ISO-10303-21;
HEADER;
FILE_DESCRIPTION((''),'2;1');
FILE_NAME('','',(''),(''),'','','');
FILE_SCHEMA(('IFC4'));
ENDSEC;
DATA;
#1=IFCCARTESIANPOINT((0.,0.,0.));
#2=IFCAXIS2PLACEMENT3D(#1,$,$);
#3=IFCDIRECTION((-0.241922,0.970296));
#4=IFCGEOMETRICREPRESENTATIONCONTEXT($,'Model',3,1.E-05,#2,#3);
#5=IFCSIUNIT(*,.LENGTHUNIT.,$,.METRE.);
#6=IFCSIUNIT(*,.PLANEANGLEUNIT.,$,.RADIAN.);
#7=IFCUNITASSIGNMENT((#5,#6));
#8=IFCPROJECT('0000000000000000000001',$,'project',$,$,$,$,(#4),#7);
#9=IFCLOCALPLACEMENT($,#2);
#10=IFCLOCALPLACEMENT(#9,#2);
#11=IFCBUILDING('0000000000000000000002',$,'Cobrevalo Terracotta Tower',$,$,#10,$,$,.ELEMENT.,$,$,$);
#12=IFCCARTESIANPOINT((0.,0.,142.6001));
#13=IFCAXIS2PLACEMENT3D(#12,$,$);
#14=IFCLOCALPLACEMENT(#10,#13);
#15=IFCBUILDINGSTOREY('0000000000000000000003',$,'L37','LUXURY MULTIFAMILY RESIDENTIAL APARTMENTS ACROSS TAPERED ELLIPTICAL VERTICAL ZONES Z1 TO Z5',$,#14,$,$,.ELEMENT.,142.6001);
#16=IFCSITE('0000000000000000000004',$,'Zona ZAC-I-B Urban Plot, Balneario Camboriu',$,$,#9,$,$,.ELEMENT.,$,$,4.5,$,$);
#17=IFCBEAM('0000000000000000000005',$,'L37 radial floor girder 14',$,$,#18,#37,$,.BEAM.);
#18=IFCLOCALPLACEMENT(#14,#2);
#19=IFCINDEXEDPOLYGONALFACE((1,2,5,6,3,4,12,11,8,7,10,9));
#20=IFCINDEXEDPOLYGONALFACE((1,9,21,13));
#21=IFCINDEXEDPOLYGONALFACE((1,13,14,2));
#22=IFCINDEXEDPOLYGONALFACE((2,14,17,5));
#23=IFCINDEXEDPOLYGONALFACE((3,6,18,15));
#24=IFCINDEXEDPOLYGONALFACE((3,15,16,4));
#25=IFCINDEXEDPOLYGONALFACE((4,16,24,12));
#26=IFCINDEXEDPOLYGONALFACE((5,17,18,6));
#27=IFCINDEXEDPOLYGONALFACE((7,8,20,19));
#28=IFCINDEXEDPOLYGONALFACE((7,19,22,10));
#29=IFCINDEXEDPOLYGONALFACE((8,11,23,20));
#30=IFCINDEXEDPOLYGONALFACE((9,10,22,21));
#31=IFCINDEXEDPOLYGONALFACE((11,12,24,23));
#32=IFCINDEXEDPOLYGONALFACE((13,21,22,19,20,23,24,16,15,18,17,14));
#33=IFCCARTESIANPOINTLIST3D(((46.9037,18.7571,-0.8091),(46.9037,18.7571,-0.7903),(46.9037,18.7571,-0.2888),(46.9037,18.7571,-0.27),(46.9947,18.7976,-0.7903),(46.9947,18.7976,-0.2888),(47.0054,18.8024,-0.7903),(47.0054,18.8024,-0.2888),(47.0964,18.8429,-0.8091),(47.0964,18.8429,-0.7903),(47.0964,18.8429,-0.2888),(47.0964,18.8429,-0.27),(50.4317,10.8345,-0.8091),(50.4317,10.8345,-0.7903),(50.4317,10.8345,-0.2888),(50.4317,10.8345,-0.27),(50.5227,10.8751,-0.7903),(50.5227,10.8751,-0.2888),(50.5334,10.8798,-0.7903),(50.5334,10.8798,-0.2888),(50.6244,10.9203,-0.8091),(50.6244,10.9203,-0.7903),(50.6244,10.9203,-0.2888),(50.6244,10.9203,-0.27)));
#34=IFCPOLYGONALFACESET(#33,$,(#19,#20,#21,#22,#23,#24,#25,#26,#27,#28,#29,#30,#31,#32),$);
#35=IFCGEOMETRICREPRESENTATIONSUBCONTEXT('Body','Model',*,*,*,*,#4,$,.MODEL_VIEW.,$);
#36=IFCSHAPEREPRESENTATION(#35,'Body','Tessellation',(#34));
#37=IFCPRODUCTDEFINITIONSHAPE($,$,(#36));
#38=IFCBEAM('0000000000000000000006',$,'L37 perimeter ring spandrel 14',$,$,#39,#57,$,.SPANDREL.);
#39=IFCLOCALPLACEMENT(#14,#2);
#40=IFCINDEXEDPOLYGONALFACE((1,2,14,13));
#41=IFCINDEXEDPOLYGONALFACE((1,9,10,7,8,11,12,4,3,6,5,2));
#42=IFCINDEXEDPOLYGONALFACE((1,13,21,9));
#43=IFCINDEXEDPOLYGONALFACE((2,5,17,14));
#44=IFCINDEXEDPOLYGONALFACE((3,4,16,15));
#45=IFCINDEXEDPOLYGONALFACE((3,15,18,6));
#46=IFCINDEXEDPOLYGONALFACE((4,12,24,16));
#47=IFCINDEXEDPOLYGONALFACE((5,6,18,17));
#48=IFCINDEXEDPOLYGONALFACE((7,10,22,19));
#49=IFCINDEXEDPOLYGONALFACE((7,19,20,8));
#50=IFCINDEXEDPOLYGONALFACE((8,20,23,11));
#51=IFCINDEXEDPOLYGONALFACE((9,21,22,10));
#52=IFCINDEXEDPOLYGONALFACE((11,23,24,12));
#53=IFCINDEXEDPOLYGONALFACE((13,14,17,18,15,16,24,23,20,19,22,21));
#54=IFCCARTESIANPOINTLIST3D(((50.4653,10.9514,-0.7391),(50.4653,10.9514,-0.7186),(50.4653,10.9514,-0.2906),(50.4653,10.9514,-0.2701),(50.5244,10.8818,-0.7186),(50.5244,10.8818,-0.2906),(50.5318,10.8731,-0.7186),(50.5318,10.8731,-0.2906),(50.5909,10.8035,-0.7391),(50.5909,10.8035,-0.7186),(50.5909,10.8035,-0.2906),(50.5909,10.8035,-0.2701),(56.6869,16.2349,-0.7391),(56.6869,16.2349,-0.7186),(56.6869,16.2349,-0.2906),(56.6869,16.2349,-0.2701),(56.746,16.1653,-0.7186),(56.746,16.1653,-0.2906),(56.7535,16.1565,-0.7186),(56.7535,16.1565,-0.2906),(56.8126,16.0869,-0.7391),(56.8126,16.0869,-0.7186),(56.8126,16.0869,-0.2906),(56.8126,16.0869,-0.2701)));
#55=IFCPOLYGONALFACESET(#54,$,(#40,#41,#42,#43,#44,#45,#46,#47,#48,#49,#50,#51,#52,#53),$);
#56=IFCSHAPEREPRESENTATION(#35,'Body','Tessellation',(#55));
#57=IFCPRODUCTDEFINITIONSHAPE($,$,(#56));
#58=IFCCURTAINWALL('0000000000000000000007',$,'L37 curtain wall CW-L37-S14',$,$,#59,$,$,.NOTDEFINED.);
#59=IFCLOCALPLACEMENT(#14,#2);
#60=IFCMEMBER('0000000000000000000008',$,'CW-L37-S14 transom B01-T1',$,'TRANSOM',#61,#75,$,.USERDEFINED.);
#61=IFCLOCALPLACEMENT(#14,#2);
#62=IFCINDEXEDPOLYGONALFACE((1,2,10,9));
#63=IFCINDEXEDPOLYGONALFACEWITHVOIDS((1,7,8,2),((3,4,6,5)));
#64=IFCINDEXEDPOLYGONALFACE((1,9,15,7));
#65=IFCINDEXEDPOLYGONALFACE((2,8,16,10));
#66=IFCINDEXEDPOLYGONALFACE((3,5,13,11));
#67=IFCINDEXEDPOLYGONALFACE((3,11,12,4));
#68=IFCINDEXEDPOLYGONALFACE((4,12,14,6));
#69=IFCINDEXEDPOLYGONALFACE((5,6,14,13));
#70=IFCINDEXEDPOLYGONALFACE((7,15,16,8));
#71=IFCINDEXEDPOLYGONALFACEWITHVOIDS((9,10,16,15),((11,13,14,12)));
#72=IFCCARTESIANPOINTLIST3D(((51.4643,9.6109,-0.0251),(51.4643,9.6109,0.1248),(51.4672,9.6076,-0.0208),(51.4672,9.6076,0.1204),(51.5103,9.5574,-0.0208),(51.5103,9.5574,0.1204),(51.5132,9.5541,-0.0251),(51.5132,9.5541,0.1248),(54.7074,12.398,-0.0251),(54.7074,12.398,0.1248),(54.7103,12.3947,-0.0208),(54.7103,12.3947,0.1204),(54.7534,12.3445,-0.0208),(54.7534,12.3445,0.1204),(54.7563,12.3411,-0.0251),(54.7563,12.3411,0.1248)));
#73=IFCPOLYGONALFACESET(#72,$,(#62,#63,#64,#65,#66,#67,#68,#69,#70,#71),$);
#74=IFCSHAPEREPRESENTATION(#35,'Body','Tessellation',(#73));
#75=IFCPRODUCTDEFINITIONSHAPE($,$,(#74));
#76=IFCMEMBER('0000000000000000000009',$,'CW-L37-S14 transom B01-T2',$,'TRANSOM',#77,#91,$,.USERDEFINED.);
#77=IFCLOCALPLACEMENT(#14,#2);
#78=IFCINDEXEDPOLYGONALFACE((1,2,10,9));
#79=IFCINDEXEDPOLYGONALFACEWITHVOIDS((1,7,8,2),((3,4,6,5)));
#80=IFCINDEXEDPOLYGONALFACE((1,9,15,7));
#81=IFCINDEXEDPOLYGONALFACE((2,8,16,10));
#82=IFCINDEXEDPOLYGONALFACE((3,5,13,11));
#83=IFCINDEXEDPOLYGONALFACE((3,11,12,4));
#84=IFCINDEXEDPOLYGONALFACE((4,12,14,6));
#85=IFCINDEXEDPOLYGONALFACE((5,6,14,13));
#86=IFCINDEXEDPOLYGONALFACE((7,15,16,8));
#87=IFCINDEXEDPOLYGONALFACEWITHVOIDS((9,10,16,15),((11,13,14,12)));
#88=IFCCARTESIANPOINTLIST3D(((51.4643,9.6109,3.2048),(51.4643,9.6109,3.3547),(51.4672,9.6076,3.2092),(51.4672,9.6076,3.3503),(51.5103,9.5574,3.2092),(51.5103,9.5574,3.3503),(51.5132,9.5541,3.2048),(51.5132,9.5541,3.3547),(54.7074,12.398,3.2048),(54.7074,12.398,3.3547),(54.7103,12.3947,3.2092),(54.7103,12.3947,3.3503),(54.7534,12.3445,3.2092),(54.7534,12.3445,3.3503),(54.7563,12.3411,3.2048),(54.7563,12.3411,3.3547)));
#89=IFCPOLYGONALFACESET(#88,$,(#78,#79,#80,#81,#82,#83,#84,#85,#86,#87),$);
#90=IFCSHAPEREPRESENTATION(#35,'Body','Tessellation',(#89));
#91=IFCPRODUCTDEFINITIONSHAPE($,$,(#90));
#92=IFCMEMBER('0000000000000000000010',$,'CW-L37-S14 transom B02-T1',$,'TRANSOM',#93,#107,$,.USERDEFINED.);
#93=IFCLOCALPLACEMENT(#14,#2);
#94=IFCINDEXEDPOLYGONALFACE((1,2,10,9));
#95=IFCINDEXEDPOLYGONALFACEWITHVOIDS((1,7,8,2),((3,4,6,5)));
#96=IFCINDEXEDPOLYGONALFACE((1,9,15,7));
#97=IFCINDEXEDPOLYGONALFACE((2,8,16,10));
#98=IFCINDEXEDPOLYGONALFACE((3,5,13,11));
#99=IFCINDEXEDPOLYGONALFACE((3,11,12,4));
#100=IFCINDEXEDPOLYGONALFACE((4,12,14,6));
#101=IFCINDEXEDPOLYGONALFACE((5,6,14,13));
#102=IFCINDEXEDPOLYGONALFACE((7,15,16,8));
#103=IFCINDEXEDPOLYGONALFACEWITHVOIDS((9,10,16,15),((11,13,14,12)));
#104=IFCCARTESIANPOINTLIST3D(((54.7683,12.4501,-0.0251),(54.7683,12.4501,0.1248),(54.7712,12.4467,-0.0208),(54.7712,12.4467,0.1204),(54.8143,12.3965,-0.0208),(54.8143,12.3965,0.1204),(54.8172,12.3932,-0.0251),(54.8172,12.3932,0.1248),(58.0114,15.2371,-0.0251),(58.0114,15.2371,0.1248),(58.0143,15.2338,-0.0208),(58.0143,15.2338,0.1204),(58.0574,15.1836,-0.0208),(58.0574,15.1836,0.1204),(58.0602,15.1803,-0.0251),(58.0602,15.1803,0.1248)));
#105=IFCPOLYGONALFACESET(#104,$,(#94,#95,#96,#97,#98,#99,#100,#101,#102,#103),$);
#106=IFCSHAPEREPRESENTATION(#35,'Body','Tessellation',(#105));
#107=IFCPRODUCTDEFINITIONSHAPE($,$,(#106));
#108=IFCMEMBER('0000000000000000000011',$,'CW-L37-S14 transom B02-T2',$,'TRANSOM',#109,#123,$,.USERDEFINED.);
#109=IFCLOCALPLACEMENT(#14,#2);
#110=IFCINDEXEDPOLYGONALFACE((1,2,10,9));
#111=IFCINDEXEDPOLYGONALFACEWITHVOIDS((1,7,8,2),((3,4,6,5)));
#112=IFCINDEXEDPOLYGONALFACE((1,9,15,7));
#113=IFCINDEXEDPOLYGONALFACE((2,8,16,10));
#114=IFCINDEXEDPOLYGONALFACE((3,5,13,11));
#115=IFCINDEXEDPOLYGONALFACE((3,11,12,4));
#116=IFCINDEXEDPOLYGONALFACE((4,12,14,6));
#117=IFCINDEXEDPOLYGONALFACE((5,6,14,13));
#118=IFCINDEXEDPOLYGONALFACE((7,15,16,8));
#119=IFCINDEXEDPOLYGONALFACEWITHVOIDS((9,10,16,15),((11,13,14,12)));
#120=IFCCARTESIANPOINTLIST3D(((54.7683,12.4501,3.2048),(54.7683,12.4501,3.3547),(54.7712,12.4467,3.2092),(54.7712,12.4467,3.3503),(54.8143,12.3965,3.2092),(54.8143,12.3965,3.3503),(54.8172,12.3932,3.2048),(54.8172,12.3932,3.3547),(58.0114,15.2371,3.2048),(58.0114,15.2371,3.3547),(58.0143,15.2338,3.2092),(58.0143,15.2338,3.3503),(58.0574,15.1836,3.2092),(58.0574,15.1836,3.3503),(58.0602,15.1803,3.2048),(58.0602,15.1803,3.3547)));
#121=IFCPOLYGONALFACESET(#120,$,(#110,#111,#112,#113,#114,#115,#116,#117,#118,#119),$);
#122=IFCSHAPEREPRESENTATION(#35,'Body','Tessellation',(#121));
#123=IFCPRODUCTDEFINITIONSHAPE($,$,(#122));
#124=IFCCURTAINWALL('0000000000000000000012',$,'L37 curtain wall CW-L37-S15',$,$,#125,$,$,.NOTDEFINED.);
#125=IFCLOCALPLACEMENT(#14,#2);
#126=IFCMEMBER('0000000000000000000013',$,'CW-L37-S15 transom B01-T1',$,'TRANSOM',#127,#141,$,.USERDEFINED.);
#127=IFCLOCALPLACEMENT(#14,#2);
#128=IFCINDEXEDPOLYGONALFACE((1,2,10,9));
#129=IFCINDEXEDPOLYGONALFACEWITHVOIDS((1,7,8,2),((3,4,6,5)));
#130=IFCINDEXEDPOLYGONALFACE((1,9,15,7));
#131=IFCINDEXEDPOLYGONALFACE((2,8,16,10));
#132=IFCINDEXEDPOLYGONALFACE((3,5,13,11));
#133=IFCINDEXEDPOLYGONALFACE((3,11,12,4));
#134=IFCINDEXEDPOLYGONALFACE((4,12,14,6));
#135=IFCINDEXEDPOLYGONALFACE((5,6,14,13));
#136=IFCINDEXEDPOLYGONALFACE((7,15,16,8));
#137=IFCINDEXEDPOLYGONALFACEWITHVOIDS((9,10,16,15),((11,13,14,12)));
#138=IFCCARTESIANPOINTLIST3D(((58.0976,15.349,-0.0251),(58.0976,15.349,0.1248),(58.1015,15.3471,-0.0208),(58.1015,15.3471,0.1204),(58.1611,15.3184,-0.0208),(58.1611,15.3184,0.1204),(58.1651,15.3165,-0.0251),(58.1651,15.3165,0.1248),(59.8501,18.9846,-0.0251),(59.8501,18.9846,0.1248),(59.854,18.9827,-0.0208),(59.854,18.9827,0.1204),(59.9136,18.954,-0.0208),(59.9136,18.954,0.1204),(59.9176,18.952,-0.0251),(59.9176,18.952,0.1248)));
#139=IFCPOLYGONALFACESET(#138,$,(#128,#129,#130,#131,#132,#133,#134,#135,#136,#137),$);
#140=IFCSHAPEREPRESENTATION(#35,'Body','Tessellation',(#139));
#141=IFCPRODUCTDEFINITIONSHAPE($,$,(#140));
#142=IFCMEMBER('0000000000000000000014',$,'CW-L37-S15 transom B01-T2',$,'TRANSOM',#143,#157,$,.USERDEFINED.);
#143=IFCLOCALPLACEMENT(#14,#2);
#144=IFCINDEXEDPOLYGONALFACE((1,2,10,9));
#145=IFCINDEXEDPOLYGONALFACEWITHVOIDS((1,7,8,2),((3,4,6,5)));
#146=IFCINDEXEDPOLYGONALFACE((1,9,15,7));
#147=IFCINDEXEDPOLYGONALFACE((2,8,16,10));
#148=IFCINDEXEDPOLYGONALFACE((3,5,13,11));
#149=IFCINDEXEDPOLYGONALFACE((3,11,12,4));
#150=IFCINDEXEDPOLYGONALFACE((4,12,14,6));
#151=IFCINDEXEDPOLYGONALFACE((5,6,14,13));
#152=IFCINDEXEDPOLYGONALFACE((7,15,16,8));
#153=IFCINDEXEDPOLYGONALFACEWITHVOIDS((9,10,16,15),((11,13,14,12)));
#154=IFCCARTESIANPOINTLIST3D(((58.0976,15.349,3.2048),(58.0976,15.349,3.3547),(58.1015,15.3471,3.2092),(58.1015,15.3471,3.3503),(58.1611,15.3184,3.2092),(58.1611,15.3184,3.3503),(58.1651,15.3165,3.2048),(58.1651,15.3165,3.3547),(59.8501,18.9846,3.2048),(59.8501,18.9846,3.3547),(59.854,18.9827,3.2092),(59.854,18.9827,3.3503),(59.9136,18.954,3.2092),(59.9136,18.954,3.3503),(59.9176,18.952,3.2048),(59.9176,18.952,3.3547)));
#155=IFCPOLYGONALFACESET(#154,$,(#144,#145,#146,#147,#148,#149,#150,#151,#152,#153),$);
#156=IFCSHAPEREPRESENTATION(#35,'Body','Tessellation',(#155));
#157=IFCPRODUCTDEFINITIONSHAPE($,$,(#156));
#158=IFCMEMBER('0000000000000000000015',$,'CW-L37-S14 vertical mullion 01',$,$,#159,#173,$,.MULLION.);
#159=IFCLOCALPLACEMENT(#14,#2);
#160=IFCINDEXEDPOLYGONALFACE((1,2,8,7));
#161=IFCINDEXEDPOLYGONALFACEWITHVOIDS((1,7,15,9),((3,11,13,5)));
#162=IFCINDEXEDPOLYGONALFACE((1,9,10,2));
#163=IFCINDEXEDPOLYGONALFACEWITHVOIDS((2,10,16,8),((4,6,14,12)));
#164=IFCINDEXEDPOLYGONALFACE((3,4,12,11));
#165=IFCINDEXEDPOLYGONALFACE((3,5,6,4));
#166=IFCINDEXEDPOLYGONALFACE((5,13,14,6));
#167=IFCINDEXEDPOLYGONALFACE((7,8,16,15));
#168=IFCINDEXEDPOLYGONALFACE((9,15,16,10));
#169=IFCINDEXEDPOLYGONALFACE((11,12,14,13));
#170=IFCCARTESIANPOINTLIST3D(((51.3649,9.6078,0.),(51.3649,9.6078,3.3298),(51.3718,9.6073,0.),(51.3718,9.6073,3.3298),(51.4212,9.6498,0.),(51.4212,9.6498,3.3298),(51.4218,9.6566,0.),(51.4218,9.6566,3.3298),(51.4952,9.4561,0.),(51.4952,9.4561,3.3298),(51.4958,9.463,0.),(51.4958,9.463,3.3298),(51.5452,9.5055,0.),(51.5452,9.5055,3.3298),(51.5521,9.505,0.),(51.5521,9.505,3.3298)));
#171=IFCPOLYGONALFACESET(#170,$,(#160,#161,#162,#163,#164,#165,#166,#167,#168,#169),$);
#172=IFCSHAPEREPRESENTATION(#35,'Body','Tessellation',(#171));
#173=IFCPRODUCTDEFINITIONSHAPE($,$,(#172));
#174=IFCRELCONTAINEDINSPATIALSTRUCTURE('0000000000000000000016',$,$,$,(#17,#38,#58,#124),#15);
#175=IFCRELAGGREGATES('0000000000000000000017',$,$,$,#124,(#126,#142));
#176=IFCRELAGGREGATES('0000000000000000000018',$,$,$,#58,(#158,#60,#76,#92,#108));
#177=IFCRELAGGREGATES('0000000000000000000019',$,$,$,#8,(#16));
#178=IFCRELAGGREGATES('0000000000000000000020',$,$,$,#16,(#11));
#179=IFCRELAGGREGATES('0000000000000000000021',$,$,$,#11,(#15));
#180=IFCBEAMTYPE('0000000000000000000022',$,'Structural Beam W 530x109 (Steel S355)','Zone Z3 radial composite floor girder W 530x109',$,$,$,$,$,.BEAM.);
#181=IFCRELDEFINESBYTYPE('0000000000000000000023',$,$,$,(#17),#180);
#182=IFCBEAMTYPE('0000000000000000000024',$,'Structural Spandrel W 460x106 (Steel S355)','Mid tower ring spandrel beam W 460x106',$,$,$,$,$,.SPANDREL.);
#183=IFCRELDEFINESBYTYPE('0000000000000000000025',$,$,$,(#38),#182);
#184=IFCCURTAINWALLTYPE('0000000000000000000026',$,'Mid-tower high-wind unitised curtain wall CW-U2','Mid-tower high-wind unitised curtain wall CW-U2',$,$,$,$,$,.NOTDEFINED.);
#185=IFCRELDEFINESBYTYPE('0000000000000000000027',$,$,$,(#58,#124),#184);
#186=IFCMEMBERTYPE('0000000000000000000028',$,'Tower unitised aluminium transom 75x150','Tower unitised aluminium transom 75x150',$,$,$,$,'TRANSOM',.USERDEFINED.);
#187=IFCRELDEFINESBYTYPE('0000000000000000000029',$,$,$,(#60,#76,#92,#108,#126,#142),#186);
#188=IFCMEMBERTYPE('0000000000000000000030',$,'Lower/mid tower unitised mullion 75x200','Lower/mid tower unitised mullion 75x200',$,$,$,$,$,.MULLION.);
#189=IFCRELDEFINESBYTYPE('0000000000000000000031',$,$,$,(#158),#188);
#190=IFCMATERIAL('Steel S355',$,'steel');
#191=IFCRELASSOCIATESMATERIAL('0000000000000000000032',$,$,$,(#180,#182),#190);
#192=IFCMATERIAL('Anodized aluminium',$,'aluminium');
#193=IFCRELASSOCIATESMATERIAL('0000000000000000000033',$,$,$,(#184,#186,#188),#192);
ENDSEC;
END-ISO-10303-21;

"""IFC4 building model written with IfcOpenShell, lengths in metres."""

from ifc_helpers import new_model, si_unit, direction, frame, origin, origin_2d, place, context, subcontext, project, spatial, hollow_rectangle, i_section, extrude, source, transform, mapped, material, material_profile, profile_set, type_object, element, aggregate, save


model = new_model("IFC4")

# Units and contexts
model_context = context("Model", 3, precision=1e-05, world=origin(), true_north=direction((-0.241922, 0.970296)))
body_context = subcontext(model_context, "Body", "Model", "MODEL_VIEW")
ifc_project = project(units=[si_unit("LENGTHUNIT", "METRE"), si_unit("PLANEANGLEUNIT", "RADIAN")], contexts=[model_context])

# Site, building, storey
site_placement = place(None, origin())
site = spatial("IfcSite", under=ifc_project, at=site_placement, Name="Zona ZAC-I-B Urban Plot, Balneario Camboriu", CompositionType="ELEMENT", RefElevation=4.5)
building_placement = place(site_placement, origin())
building = spatial("IfcBuilding", under=site, at=building_placement, Name="Cobrevalo Terracotta Tower", CompositionType="ELEMENT")
storey_placement = place(building_placement, frame((0.0, 0.0, 142.6001)))
storey = spatial("IfcBuildingStorey", under=building, at=storey_placement, Name="L37", Description="LUXURY MULTIFAMILY RESIDENTIAL APARTMENTS ACROSS TAPERED ELLIPTICAL VERTICAL ZONES Z1 TO Z5", CompositionType="ELEMENT", Elevation=142.6001)

# Shared definitions
ifc_material_1 = material(Name="Steel S355", Category="steel")

# Beams
ifc_material_profile_1 = material_profile(ifc_material_1, i_section(OverallWidth=0.2109, OverallDepth=0.5391, WebThickness=0.0117, FlangeThickness=0.0188, at=origin_2d()), Name="W 530x109")
ifc_profile_set_1 = profile_set([ifc_material_profile_1], Name="Steel S355")
beam_type_1 = type_object("IfcBeamType", Name="Structural Beam W 530x109 (Steel S355)", Description="Zone Z3 radial composite floor girder W 530x109", PredefinedType="BEAM", material=ifc_profile_set_1)
beam_1_placement = place(storey_placement, frame((50.5281, 10.8774, -0.5396), z_axis=(-0.406804, 0.913515, 0.0), x_axis=(-0.913515, -0.406804, 0.0)))
element("IfcBeam", 1, at=beam_1_placement, inside=storey, type_object=beam_type_1, Name="L37 radial floor girder 14", PredefinedType="BEAM", context=body_context, shape_type="SweptSolid", body=[
    extrude(i_section(OverallWidth=0.2109, OverallDepth=0.5391, WebThickness=0.0117, FlangeThickness=0.0188, at=origin_2d()), origin(), (0.0, 0.0, 1.0), 8.6726),
])
ifc_material_profile_2 = material_profile(ifc_material_1, i_section(OverallWidth=0.1941, OverallDepth=0.469, WebThickness=0.0115, FlangeThickness=0.0205, at=origin_2d()), Name="W 460x106")
ifc_profile_set_2 = profile_set([ifc_material_profile_2], Name="Steel S355")
beam_type_2 = type_object("IfcBeamType", Name="Structural Spandrel W 460x106 (Steel S355)", Description="Mid tower ring spandrel beam W 460x106", PredefinedType="SPANDREL", material=ifc_profile_set_2)
beam_2_placement = place(storey_placement, frame((50.5281, 10.8774, -0.5046), z_axis=(0.76224, 0.647294, 0.0), x_axis=(-0.647294, 0.76224, 0.0)))
element("IfcBeam", 2, at=beam_2_placement, inside=storey, type_object=beam_type_2, Name="L37 perimeter ring spandrel 14", PredefinedType="SPANDREL", context=body_context, shape_type="SweptSolid", body=[
    extrude(i_section(OverallWidth=0.1941, OverallDepth=0.469, WebThickness=0.0115, FlangeThickness=0.0205, at=origin_2d()), origin(), (0.0, 0.0, 1.0), 8.1624),
])

# Curtain walls, members
ifc_material_2 = material(Name="Anodized aluminium", Category="aluminium")
curtain_wall_type = type_object("IfcCurtainWallType", Name="Mid-tower high-wind unitised curtain wall CW-U2", Description="Mid-tower high-wind unitised curtain wall CW-U2", PredefinedType="NOTDEFINED", material=ifc_material_2)
curtain_wall_1_placement = place(storey_placement, origin())
curtain_wall_1 = element("IfcCurtainWall", 3, at=curtain_wall_1_placement, inside=storey, type_object=curtain_wall_type, Name="L37 curtain wall CW-L37-S14", PredefinedType="NOTDEFINED")
ifc_material_profile_3 = material_profile(ifc_material_2, hollow_rectangle(XDim=0.075, YDim=0.1499, WallThickness=0.0044, at=origin_2d()), Name="CWT 75x150")
ifc_profile_set_3 = profile_set([ifc_material_profile_3], Name="Anodized aluminium")
member_type_1 = type_object("IfcMemberType", Name="Tower unitised aluminium transom 75x150", Description="Tower unitised aluminium transom 75x150", ElementType="TRANSOM", PredefinedType="USERDEFINED", material=ifc_profile_set_3)
shared_shape_1 = source(origin(), body_context, "Body", "SweptSolid", [
    extrude(hollow_rectangle(XDim=0.075, YDim=0.1499, WallThickness=0.0044, at=origin_2d()), origin(), (0.0, 0.0, 1.0), 4.2761),
])
member_1_placement = place(storey_placement, frame((51.4888, 9.5825, 0.0498), z_axis=(0.758418, 0.651769, 0.0), x_axis=(-0.651769, 0.758418, 0.0)))
member_1 = element("IfcMember", 4, at=member_1_placement, type_object=member_type_1, Name="CW-L37-S14 transom B01-T1", ObjectType="TRANSOM", PredefinedType="USERDEFINED", context=body_context, shape_type="MappedRepresentation", body=[
    mapped(shared_shape_1, transform((0.0, 0.0, 0.0), scale=1.0)),
])
member_2_placement = place(storey_placement, frame((51.4888, 9.5825, 3.2798), z_axis=(0.758418, 0.651769, 0.0), x_axis=(-0.651769, 0.758418, 0.0)))
member_2 = element("IfcMember", 5, at=member_2_placement, type_object=member_type_1, Name="CW-L37-S14 transom B01-T2", ObjectType="TRANSOM", PredefinedType="USERDEFINED", context=body_context, shape_type="MappedRepresentation", body=[
    mapped(shared_shape_1, transform((0.0, 0.0, 0.0), scale=1.0)),
])
member_3_placement = place(storey_placement, frame((54.7927, 12.4216, 0.0498), z_axis=(0.758418, 0.651769, 0.0), x_axis=(-0.651769, 0.758418, 0.0)))
member_3 = element("IfcMember", 6, at=member_3_placement, type_object=member_type_1, Name="CW-L37-S14 transom B02-T1", ObjectType="TRANSOM", PredefinedType="USERDEFINED", context=body_context, shape_type="MappedRepresentation", body=[
    mapped(shared_shape_1, transform((0.0, 0.0, 0.0), scale=1.0)),
])
member_4_placement = place(storey_placement, frame((54.7927, 12.4216, 3.2798), z_axis=(0.758418, 0.651769, 0.0), x_axis=(-0.651769, 0.758418, 0.0)))
member_4 = element("IfcMember", 7, at=member_4_placement, type_object=member_type_1, Name="CW-L37-S14 transom B02-T2", ObjectType="TRANSOM", PredefinedType="USERDEFINED", context=body_context, shape_type="MappedRepresentation", body=[
    mapped(shared_shape_1, transform((0.0, 0.0, 0.0), scale=1.0)),
])
curtain_wall_2_placement = place(storey_placement, origin())
curtain_wall_2 = element("IfcCurtainWall", 8, at=curtain_wall_2_placement, inside=storey, type_object=curtain_wall_type, Name="L37 curtain wall CW-L37-S15", PredefinedType="NOTDEFINED")
shared_shape_2 = source(origin(), body_context, "Body", "SweptSolid", [
    extrude(hollow_rectangle(XDim=0.075, YDim=0.1499, WallThickness=0.0044, at=origin_2d()), origin(), (0.0, 0.0, 1.0), 4.0359),
])
member_5_placement = place(storey_placement, frame((58.1313, 15.3328, 0.0498), z_axis=(0.434221, 0.900806, 0.0), x_axis=(-0.900806, 0.434221, 0.0)))
member_5 = element("IfcMember", 9, at=member_5_placement, type_object=member_type_1, Name="CW-L37-S15 transom B01-T1", ObjectType="TRANSOM", PredefinedType="USERDEFINED", context=body_context, shape_type="MappedRepresentation", body=[
    mapped(shared_shape_2, transform((0.0, 0.0, 0.0), scale=1.0)),
])
member_6_placement = place(storey_placement, frame((58.1313, 15.3328, 3.2798), z_axis=(0.434221, 0.900806, 0.0), x_axis=(-0.900806, 0.434221, 0.0)))
member_6 = element("IfcMember", 10, at=member_6_placement, type_object=member_type_1, Name="CW-L37-S15 transom B01-T2", ObjectType="TRANSOM", PredefinedType="USERDEFINED", context=body_context, shape_type="MappedRepresentation", body=[
    mapped(shared_shape_2, transform((0.0, 0.0, 0.0), scale=1.0)),
])

# Member
ifc_material_profile_4 = material_profile(ifc_material_2, hollow_rectangle(XDim=0.075, YDim=0.2, WallThickness=0.0049, at=origin_2d()), Name="CWM 75x200")
ifc_profile_set_4 = profile_set([ifc_material_profile_4], Name="Anodized aluminium")
member_type_2 = type_object("IfcMemberType", Name="Lower/mid tower unitised mullion 75x200", Description="Lower/mid tower unitised mullion 75x200", PredefinedType="MULLION", material=ifc_profile_set_4)
shared_shape_3 = source(origin(), body_context, "Body", "SweptSolid", [
    extrude(hollow_rectangle(XDim=0.075, YDim=0.2, WallThickness=0.0049, at=origin_2d()), origin(), (0.0, 0.0, 1.0), 3.3298),
])
member_7_placement = place(storey_placement, frame((51.4585, 9.5564, 0.0), z_axis=(0.0, 0.0, 1.0), x_axis=(0.758442, 0.651741, 0.0)))
member_7 = element("IfcMember", 11, at=member_7_placement, type_object=member_type_2, Name="CW-L37-S14 vertical mullion 01", PredefinedType="MULLION", context=body_context, shape_type="MappedRepresentation", body=[
    mapped(shared_shape_3, transform((0.0, 0.0, 0.0), scale=1.0)),
])
aggregate(curtain_wall_2, [member_5, member_6])

aggregate(curtain_wall_1, [member_7, member_1, member_2, member_3, member_4])

save(model, "model.ifc")
